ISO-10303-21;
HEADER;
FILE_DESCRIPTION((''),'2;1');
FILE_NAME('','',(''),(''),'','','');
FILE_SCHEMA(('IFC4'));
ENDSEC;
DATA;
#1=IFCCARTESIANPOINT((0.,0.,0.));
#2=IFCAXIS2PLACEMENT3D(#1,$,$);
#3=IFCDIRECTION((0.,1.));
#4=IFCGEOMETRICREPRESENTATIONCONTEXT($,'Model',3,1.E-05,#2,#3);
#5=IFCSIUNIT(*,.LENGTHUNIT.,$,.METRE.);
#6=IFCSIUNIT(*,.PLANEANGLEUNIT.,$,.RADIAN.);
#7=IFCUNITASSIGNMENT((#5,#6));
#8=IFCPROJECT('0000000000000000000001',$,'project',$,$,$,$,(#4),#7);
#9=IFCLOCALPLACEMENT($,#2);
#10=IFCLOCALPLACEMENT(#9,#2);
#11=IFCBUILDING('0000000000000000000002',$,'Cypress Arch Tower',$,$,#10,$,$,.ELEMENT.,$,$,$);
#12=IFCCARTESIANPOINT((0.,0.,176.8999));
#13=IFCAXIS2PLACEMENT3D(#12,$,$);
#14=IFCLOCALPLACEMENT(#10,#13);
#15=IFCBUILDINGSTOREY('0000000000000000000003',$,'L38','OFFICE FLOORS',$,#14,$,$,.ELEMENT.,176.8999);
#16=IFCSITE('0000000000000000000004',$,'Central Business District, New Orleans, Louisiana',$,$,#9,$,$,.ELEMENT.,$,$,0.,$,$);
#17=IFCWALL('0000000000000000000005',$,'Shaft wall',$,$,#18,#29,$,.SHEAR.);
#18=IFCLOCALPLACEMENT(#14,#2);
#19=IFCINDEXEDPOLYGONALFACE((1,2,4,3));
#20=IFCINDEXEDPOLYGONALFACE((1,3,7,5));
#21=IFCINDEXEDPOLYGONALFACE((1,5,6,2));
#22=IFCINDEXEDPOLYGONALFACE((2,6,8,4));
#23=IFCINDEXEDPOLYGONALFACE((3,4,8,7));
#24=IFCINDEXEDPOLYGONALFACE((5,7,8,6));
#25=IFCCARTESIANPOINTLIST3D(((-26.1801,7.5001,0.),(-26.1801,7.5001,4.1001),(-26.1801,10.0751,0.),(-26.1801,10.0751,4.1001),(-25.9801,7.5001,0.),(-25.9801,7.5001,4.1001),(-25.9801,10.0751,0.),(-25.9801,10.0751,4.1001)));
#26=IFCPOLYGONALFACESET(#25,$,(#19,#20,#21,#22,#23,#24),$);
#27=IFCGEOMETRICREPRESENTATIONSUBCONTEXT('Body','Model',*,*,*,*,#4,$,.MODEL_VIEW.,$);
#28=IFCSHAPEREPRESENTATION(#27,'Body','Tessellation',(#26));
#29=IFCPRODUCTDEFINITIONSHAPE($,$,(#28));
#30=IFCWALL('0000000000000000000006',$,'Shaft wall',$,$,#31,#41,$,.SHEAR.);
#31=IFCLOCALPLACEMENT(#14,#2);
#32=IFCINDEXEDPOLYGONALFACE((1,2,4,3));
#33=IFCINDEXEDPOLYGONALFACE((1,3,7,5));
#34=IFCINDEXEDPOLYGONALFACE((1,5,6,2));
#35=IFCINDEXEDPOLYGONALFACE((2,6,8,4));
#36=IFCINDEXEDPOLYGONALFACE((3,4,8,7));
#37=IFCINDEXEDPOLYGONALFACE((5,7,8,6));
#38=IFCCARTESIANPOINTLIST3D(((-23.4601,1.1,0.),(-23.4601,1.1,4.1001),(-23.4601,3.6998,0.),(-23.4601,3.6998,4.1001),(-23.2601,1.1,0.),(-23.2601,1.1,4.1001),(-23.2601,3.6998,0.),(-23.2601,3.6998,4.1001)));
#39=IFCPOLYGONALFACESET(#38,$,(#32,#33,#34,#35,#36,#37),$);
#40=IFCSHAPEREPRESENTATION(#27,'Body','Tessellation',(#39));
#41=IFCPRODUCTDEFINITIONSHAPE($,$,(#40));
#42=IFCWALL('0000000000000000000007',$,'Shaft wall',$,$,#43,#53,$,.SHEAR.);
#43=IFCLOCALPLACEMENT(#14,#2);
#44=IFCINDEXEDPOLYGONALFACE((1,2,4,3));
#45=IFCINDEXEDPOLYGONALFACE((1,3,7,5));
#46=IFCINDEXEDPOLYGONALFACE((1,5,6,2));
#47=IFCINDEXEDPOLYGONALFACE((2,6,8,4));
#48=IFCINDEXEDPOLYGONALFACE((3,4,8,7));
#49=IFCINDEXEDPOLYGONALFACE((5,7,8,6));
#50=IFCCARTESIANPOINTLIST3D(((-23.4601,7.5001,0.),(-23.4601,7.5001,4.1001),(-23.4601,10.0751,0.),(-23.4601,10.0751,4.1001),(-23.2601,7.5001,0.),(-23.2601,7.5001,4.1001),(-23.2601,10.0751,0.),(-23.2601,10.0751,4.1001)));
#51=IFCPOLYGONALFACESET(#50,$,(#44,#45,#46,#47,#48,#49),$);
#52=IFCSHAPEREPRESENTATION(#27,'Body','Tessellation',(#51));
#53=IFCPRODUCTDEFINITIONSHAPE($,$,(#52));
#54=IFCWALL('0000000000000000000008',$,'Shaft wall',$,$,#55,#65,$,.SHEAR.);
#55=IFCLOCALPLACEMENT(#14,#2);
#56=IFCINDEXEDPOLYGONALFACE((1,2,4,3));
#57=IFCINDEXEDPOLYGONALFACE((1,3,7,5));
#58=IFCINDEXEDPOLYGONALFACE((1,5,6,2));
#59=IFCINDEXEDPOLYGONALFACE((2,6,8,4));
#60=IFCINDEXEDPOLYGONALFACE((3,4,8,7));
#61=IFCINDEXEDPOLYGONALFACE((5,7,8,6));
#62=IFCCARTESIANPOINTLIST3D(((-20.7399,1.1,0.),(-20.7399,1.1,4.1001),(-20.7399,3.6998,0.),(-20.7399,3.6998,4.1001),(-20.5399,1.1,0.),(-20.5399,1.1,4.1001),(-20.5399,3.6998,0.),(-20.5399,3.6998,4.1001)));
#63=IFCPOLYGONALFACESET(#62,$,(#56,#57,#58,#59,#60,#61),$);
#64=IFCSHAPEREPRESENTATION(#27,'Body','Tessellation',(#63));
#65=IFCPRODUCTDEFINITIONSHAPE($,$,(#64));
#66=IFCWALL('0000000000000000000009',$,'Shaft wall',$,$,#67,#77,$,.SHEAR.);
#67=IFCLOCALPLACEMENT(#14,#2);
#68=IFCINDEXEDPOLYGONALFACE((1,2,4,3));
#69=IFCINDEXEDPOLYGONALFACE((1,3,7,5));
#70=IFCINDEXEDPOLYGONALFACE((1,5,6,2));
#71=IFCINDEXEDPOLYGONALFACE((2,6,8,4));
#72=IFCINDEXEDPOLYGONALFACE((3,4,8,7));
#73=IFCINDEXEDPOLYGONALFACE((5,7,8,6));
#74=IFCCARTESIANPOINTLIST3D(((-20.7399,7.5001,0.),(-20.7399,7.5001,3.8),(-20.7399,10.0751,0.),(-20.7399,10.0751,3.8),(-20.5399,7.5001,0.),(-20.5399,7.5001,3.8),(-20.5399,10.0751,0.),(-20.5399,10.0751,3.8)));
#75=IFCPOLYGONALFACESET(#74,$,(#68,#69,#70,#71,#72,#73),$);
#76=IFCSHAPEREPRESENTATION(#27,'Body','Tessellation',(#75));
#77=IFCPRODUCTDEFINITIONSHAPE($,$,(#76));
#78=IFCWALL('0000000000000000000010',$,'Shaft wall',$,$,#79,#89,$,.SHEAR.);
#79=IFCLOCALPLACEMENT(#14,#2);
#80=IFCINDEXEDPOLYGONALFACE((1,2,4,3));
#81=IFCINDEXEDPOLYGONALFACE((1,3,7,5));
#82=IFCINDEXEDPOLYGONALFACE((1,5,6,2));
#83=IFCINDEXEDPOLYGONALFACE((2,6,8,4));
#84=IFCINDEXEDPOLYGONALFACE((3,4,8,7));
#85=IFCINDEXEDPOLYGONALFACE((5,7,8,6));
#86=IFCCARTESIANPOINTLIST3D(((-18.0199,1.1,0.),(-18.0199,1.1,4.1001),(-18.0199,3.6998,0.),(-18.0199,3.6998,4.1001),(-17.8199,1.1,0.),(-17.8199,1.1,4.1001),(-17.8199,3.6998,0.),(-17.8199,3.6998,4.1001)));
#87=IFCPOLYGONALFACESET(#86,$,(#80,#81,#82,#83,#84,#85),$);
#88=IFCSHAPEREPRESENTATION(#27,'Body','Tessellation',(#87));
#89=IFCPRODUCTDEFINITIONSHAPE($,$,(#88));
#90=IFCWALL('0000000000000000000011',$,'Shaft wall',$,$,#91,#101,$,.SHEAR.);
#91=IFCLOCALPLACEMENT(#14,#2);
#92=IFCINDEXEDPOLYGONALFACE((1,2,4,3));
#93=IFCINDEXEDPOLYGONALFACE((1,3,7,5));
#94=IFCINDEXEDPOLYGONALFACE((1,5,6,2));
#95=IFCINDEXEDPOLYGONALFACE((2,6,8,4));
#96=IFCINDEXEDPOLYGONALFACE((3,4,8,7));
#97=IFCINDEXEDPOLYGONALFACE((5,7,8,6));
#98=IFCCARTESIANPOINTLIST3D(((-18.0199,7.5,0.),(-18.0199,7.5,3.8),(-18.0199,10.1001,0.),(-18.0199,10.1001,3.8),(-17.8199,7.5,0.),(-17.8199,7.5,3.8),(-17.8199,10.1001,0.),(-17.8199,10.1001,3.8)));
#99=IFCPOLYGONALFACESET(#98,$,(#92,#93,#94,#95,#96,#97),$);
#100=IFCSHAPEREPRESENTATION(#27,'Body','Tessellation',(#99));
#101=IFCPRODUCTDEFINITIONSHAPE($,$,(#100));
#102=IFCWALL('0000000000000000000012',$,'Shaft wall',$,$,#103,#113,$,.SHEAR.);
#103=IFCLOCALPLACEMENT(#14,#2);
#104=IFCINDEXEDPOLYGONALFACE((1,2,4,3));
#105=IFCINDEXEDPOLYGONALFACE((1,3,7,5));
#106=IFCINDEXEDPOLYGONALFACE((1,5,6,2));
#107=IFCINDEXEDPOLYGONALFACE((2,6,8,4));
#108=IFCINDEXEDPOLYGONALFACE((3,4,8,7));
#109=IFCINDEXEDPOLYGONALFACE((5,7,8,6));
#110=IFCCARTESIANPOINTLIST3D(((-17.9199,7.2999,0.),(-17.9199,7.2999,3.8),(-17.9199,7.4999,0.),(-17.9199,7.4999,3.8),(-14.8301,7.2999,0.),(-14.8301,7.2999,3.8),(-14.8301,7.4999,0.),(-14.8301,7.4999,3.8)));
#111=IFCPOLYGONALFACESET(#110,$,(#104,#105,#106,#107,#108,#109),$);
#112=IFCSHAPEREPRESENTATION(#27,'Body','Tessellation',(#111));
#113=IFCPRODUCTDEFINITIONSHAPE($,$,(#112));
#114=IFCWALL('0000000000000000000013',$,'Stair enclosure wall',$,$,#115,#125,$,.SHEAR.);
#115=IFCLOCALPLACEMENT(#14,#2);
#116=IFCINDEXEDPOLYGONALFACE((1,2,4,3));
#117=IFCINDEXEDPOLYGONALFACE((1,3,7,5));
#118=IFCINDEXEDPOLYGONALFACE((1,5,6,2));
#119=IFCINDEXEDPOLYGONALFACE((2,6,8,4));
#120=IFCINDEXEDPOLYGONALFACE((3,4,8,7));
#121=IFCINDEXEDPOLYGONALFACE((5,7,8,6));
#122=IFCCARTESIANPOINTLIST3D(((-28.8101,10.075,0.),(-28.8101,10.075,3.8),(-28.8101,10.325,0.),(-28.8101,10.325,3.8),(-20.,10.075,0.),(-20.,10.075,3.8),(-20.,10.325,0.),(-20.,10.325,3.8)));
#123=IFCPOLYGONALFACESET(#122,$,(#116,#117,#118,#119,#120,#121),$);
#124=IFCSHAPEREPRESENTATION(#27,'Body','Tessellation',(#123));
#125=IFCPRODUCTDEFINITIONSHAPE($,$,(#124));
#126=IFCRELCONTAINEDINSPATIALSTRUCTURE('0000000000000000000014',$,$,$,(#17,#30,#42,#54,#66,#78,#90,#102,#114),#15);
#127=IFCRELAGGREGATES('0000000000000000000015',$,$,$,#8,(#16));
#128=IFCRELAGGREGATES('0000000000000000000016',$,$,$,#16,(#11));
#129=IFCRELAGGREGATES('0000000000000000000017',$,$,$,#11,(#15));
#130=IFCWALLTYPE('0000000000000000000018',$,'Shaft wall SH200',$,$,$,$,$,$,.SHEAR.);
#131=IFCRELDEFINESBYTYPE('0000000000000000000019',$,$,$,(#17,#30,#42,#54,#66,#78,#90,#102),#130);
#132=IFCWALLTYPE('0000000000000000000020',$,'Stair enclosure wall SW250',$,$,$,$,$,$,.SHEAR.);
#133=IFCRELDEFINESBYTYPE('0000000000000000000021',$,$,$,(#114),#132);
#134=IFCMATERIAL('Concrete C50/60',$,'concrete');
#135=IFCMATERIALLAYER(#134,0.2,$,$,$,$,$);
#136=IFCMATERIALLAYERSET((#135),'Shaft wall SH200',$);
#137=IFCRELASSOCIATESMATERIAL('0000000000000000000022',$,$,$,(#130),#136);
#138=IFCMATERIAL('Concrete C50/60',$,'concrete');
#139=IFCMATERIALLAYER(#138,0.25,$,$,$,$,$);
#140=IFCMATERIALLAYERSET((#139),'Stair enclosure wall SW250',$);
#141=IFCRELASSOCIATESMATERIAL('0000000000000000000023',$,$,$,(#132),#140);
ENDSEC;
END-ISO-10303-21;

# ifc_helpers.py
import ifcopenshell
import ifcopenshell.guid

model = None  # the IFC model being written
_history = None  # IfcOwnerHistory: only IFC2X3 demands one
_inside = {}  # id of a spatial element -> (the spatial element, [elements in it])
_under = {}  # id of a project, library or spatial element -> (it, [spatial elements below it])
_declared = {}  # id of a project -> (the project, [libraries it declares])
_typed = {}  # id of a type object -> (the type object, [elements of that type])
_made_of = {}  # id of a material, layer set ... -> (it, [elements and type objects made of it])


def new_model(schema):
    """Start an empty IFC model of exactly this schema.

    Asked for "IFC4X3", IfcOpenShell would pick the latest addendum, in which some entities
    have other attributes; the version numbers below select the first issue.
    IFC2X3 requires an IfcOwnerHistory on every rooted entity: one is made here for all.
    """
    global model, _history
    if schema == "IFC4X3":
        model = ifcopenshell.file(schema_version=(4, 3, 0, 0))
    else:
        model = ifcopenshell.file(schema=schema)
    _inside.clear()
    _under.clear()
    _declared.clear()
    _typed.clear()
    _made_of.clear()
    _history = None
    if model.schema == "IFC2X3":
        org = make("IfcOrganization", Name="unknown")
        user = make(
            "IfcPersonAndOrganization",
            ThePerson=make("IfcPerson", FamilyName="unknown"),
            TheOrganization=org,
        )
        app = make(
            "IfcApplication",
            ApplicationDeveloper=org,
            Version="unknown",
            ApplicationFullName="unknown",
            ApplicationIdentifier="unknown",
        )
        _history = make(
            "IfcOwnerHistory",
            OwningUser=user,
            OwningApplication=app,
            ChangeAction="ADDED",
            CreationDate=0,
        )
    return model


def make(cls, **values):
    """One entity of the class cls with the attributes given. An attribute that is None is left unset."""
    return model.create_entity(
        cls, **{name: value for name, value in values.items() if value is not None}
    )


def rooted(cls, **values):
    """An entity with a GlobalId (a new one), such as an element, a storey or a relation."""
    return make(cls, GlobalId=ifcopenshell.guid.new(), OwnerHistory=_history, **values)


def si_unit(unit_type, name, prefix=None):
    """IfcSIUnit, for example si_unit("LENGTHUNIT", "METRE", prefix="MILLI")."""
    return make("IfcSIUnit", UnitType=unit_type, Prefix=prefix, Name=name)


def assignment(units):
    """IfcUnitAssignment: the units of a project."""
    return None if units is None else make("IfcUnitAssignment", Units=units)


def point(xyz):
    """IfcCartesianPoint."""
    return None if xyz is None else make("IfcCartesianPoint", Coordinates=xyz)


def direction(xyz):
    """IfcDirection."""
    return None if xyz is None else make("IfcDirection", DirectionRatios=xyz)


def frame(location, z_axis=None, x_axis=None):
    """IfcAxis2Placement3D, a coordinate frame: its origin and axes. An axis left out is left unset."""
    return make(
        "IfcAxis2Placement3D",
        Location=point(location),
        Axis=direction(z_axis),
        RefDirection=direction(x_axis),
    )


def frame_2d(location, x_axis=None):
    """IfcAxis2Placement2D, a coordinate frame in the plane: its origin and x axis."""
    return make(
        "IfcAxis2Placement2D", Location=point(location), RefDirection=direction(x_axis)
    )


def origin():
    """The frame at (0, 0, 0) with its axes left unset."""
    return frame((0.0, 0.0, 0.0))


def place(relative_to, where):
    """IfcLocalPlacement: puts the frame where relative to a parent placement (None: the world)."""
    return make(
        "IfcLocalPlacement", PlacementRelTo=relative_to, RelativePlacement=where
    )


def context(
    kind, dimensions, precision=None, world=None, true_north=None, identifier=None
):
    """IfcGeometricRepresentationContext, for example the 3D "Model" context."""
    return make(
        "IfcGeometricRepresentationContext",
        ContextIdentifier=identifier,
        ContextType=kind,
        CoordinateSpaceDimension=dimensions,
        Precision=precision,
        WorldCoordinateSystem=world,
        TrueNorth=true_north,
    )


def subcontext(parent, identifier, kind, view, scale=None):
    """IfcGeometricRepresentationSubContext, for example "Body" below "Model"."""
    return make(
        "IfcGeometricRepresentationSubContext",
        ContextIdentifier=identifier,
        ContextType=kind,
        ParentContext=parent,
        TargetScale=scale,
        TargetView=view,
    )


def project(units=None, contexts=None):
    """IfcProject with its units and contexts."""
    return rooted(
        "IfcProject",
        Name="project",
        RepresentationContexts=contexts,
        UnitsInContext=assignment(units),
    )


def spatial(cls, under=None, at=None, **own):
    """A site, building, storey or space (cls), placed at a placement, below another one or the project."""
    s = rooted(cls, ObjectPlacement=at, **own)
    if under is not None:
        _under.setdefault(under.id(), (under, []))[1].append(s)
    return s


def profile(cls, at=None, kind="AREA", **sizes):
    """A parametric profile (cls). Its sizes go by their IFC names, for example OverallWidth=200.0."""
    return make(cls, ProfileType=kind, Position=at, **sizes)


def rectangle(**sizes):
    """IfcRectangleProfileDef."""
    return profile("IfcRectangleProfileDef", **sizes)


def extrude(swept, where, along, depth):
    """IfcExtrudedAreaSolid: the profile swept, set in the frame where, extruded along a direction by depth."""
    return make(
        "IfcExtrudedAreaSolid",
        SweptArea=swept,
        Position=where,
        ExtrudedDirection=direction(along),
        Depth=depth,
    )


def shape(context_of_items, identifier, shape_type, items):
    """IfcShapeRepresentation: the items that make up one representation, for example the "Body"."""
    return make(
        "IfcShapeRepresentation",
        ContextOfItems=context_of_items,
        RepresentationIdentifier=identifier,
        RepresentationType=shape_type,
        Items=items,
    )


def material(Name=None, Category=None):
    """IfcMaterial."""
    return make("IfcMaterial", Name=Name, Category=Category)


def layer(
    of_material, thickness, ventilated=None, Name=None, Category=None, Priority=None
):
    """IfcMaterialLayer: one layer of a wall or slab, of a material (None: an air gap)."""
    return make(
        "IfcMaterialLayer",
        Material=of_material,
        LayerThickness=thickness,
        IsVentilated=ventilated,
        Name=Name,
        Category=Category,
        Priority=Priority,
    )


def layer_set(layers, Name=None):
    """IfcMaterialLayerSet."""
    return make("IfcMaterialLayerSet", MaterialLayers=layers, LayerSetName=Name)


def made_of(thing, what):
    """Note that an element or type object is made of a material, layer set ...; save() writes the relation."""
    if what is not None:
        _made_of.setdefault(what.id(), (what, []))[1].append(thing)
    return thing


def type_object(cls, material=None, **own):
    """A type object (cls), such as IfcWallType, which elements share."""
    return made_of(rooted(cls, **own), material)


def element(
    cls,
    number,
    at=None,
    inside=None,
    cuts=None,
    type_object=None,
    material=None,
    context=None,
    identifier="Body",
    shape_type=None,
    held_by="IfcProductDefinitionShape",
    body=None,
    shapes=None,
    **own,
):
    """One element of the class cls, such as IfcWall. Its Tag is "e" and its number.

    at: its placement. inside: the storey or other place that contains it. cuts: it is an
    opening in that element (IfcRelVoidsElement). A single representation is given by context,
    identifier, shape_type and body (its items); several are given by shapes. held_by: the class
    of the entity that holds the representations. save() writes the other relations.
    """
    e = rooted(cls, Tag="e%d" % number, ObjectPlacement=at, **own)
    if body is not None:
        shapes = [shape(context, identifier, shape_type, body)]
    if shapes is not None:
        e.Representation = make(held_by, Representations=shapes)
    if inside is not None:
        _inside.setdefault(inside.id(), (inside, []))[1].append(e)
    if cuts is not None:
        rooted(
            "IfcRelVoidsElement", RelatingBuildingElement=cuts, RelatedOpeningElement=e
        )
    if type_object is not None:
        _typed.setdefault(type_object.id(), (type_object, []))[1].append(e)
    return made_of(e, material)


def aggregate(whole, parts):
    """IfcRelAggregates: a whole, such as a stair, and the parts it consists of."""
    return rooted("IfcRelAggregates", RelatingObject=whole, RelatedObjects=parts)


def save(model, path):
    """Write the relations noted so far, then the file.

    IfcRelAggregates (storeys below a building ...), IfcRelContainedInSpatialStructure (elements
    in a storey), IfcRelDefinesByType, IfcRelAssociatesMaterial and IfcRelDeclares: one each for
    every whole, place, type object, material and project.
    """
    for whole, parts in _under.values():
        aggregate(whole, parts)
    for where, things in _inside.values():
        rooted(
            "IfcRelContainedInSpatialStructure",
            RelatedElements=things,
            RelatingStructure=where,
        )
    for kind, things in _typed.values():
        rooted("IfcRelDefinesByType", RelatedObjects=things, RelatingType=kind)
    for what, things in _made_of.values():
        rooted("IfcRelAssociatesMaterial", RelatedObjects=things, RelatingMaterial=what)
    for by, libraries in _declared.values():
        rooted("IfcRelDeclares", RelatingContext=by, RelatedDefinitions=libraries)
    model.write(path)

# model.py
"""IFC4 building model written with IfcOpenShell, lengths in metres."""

from ifc_helpers import new_model, si_unit, direction, frame, frame_2d, origin, place, context, subcontext, project, spatial, rectangle, extrude, material, layer, layer_set, type_object, element, save


model = new_model("IFC4")

# Units and contexts
model_context = context("Model", 3, precision=1e-05, world=origin(), true_north=direction((0.0, 1.0)))
body_context = subcontext(model_context, "Body", "Model", "MODEL_VIEW")
ifc_project = project(units=[si_unit("LENGTHUNIT", "METRE"), si_unit("PLANEANGLEUNIT", "RADIAN")], contexts=[model_context])

# Site, building, storey
site_placement = place(None, origin())
site = spatial("IfcSite", under=ifc_project, at=site_placement, Name="Central Business District, New Orleans, Louisiana", CompositionType="ELEMENT", RefElevation=0.0)
building_placement = place(site_placement, origin())
building = spatial("IfcBuilding", under=site, at=building_placement, Name="Cypress Arch Tower", CompositionType="ELEMENT")
storey_placement = place(building_placement, frame((0.0, 0.0, 176.8999)))
storey = spatial("IfcBuildingStorey", under=building, at=storey_placement, Name="L38", Description="OFFICE FLOORS", CompositionType="ELEMENT", Elevation=176.8999)

# Shared definitions
ifc_material_1 = material(Name="Concrete C50/60", Category="concrete")
ifc_layer_1 = layer(ifc_material_1, 0.2)
ifc_layer_set_1 = layer_set([ifc_layer_1], Name="Shaft wall SH200")
wall_type_1 = type_object("IfcWallType", Name="Shaft wall SH200", PredefinedType="SHEAR", material=ifc_layer_set_1)

# Walls
wall_1_placement = place(storey_placement, frame((-26.0801, 7.5, 0.0), z_axis=(0.0, 0.0, 1.0), x_axis=(0.0, 1.0, 0.0)))
element("IfcWall", 1, at=wall_1_placement, inside=storey, type_object=wall_type_1, Name="Shaft wall", PredefinedType="SHEAR", context=body_context, shape_type="SweptSolid", body=[
    extrude(rectangle(XDim=2.575, YDim=0.2, at=frame_2d((1.2876, 0.0))), origin(), (0.0, 0.0, 1.0), 4.1001),
])
wall_2_placement = place(storey_placement, frame((-23.3601, 1.1001, 0.0), z_axis=(0.0, 0.0, 1.0), x_axis=(0.0, 1.0, 0.0)))
element("IfcWall", 2, at=wall_2_placement, inside=storey, type_object=wall_type_1, Name="Shaft wall", PredefinedType="SHEAR", context=body_context, shape_type="SweptSolid", body=[
    extrude(rectangle(XDim=2.5999, YDim=0.2, at=frame_2d((1.2998, 0.0))), origin(), (0.0, 0.0, 1.0), 4.1001),
])
wall_3_placement = place(storey_placement, frame((-23.3601, 7.5, 0.0), z_axis=(0.0, 0.0, 1.0), x_axis=(0.0, 1.0, 0.0)))
element("IfcWall", 3, at=wall_3_placement, inside=storey, type_object=wall_type_1, Name="Shaft wall", PredefinedType="SHEAR", context=body_context, shape_type="SweptSolid", body=[
    extrude(rectangle(XDim=2.575, YDim=0.2, at=frame_2d((1.2876, 0.0))), origin(), (0.0, 0.0, 1.0), 4.1001),
])
wall_4_placement = place(storey_placement, frame((-20.6399, 1.1001, 0.0), z_axis=(0.0, 0.0, 1.0), x_axis=(0.0, 1.0, 0.0)))
element("IfcWall", 4, at=wall_4_placement, inside=storey, type_object=wall_type_1, Name="Shaft wall", PredefinedType="SHEAR", context=body_context, shape_type="SweptSolid", body=[
    extrude(rectangle(XDim=2.5999, YDim=0.2, at=frame_2d((1.2998, 0.0))), origin(), (0.0, 0.0, 1.0), 4.1001),
])
wall_5_placement = place(storey_placement, frame((-20.6399, 7.5, 0.0), z_axis=(0.0, 0.0, 1.0), x_axis=(0.0, 1.0, 0.0)))
element("IfcWall", 5, at=wall_5_placement, inside=storey, type_object=wall_type_1, Name="Shaft wall", PredefinedType="SHEAR", context=body_context, shape_type="SweptSolid", body=[
    extrude(rectangle(XDim=2.575, YDim=0.2, at=frame_2d((1.2876, 0.0))), origin(), (0.0, 0.0, 1.0), 3.8),
])
wall_6_placement = place(storey_placement, frame((-17.9199, 1.1001, 0.0), z_axis=(0.0, 0.0, 1.0), x_axis=(0.0, 1.0, 0.0)))
element("IfcWall", 6, at=wall_6_placement, inside=storey, type_object=wall_type_1, Name="Shaft wall", PredefinedType="SHEAR", context=body_context, shape_type="SweptSolid", body=[
    extrude(rectangle(XDim=2.5999, YDim=0.2, at=frame_2d((1.2998, 0.0))), origin(), (0.0, 0.0, 1.0), 4.1001),
])
wall_7_placement = place(storey_placement, frame((-17.9199, 7.5, 0.0), z_axis=(0.0, 0.0, 1.0), x_axis=(0.0, 1.0, 0.0)))
element("IfcWall", 7, at=wall_7_placement, inside=storey, type_object=wall_type_1, Name="Shaft wall", PredefinedType="SHEAR", context=body_context, shape_type="SweptSolid", body=[
    extrude(rectangle(XDim=2.6001, YDim=0.2, at=frame_2d((1.3, 0.0))), origin(), (0.0, 0.0, 1.0), 3.8),
])
wall_8_placement = place(storey_placement, frame((-17.9199, 7.3999, 0.0), z_axis=(0.0, 0.0, 1.0), x_axis=(1.0, 0.0, 0.0)))
element("IfcWall", 8, at=wall_8_placement, inside=storey, type_object=wall_type_1, Name="Shaft wall", PredefinedType="SHEAR", context=body_context, shape_type="SweptSolid", body=[
    extrude(rectangle(XDim=3.0898, YDim=0.2, at=frame_2d((1.5449, 0.0))), origin(), (0.0, 0.0, 1.0), 3.8),
])
ifc_material_2 = material(Name="Concrete C50/60", Category="concrete")
ifc_layer_2 = layer(ifc_material_2, 0.25)
ifc_layer_set_2 = layer_set([ifc_layer_2], Name="Stair enclosure wall SW250")
wall_type_2 = type_object("IfcWallType", Name="Stair enclosure wall SW250", PredefinedType="SHEAR", material=ifc_layer_set_2)
wall_9_placement = place(storey_placement, frame((-28.8101, 10.2, 0.0), z_axis=(0.0, 0.0, 1.0), x_axis=(1.0, 0.0, 0.0)))
element("IfcWall", 9, at=wall_9_placement, inside=storey, type_object=wall_type_2, Name="Stair enclosure wall", PredefinedType="SHEAR", context=body_context, shape_type="SweptSolid", body=[
    extrude(rectangle(XDim=8.8101, YDim=0.25, at=frame_2d((4.405, 0.0))), origin(), (0.0, 0.0, 1.0), 3.8),
])

save(model, "model.ifc")
